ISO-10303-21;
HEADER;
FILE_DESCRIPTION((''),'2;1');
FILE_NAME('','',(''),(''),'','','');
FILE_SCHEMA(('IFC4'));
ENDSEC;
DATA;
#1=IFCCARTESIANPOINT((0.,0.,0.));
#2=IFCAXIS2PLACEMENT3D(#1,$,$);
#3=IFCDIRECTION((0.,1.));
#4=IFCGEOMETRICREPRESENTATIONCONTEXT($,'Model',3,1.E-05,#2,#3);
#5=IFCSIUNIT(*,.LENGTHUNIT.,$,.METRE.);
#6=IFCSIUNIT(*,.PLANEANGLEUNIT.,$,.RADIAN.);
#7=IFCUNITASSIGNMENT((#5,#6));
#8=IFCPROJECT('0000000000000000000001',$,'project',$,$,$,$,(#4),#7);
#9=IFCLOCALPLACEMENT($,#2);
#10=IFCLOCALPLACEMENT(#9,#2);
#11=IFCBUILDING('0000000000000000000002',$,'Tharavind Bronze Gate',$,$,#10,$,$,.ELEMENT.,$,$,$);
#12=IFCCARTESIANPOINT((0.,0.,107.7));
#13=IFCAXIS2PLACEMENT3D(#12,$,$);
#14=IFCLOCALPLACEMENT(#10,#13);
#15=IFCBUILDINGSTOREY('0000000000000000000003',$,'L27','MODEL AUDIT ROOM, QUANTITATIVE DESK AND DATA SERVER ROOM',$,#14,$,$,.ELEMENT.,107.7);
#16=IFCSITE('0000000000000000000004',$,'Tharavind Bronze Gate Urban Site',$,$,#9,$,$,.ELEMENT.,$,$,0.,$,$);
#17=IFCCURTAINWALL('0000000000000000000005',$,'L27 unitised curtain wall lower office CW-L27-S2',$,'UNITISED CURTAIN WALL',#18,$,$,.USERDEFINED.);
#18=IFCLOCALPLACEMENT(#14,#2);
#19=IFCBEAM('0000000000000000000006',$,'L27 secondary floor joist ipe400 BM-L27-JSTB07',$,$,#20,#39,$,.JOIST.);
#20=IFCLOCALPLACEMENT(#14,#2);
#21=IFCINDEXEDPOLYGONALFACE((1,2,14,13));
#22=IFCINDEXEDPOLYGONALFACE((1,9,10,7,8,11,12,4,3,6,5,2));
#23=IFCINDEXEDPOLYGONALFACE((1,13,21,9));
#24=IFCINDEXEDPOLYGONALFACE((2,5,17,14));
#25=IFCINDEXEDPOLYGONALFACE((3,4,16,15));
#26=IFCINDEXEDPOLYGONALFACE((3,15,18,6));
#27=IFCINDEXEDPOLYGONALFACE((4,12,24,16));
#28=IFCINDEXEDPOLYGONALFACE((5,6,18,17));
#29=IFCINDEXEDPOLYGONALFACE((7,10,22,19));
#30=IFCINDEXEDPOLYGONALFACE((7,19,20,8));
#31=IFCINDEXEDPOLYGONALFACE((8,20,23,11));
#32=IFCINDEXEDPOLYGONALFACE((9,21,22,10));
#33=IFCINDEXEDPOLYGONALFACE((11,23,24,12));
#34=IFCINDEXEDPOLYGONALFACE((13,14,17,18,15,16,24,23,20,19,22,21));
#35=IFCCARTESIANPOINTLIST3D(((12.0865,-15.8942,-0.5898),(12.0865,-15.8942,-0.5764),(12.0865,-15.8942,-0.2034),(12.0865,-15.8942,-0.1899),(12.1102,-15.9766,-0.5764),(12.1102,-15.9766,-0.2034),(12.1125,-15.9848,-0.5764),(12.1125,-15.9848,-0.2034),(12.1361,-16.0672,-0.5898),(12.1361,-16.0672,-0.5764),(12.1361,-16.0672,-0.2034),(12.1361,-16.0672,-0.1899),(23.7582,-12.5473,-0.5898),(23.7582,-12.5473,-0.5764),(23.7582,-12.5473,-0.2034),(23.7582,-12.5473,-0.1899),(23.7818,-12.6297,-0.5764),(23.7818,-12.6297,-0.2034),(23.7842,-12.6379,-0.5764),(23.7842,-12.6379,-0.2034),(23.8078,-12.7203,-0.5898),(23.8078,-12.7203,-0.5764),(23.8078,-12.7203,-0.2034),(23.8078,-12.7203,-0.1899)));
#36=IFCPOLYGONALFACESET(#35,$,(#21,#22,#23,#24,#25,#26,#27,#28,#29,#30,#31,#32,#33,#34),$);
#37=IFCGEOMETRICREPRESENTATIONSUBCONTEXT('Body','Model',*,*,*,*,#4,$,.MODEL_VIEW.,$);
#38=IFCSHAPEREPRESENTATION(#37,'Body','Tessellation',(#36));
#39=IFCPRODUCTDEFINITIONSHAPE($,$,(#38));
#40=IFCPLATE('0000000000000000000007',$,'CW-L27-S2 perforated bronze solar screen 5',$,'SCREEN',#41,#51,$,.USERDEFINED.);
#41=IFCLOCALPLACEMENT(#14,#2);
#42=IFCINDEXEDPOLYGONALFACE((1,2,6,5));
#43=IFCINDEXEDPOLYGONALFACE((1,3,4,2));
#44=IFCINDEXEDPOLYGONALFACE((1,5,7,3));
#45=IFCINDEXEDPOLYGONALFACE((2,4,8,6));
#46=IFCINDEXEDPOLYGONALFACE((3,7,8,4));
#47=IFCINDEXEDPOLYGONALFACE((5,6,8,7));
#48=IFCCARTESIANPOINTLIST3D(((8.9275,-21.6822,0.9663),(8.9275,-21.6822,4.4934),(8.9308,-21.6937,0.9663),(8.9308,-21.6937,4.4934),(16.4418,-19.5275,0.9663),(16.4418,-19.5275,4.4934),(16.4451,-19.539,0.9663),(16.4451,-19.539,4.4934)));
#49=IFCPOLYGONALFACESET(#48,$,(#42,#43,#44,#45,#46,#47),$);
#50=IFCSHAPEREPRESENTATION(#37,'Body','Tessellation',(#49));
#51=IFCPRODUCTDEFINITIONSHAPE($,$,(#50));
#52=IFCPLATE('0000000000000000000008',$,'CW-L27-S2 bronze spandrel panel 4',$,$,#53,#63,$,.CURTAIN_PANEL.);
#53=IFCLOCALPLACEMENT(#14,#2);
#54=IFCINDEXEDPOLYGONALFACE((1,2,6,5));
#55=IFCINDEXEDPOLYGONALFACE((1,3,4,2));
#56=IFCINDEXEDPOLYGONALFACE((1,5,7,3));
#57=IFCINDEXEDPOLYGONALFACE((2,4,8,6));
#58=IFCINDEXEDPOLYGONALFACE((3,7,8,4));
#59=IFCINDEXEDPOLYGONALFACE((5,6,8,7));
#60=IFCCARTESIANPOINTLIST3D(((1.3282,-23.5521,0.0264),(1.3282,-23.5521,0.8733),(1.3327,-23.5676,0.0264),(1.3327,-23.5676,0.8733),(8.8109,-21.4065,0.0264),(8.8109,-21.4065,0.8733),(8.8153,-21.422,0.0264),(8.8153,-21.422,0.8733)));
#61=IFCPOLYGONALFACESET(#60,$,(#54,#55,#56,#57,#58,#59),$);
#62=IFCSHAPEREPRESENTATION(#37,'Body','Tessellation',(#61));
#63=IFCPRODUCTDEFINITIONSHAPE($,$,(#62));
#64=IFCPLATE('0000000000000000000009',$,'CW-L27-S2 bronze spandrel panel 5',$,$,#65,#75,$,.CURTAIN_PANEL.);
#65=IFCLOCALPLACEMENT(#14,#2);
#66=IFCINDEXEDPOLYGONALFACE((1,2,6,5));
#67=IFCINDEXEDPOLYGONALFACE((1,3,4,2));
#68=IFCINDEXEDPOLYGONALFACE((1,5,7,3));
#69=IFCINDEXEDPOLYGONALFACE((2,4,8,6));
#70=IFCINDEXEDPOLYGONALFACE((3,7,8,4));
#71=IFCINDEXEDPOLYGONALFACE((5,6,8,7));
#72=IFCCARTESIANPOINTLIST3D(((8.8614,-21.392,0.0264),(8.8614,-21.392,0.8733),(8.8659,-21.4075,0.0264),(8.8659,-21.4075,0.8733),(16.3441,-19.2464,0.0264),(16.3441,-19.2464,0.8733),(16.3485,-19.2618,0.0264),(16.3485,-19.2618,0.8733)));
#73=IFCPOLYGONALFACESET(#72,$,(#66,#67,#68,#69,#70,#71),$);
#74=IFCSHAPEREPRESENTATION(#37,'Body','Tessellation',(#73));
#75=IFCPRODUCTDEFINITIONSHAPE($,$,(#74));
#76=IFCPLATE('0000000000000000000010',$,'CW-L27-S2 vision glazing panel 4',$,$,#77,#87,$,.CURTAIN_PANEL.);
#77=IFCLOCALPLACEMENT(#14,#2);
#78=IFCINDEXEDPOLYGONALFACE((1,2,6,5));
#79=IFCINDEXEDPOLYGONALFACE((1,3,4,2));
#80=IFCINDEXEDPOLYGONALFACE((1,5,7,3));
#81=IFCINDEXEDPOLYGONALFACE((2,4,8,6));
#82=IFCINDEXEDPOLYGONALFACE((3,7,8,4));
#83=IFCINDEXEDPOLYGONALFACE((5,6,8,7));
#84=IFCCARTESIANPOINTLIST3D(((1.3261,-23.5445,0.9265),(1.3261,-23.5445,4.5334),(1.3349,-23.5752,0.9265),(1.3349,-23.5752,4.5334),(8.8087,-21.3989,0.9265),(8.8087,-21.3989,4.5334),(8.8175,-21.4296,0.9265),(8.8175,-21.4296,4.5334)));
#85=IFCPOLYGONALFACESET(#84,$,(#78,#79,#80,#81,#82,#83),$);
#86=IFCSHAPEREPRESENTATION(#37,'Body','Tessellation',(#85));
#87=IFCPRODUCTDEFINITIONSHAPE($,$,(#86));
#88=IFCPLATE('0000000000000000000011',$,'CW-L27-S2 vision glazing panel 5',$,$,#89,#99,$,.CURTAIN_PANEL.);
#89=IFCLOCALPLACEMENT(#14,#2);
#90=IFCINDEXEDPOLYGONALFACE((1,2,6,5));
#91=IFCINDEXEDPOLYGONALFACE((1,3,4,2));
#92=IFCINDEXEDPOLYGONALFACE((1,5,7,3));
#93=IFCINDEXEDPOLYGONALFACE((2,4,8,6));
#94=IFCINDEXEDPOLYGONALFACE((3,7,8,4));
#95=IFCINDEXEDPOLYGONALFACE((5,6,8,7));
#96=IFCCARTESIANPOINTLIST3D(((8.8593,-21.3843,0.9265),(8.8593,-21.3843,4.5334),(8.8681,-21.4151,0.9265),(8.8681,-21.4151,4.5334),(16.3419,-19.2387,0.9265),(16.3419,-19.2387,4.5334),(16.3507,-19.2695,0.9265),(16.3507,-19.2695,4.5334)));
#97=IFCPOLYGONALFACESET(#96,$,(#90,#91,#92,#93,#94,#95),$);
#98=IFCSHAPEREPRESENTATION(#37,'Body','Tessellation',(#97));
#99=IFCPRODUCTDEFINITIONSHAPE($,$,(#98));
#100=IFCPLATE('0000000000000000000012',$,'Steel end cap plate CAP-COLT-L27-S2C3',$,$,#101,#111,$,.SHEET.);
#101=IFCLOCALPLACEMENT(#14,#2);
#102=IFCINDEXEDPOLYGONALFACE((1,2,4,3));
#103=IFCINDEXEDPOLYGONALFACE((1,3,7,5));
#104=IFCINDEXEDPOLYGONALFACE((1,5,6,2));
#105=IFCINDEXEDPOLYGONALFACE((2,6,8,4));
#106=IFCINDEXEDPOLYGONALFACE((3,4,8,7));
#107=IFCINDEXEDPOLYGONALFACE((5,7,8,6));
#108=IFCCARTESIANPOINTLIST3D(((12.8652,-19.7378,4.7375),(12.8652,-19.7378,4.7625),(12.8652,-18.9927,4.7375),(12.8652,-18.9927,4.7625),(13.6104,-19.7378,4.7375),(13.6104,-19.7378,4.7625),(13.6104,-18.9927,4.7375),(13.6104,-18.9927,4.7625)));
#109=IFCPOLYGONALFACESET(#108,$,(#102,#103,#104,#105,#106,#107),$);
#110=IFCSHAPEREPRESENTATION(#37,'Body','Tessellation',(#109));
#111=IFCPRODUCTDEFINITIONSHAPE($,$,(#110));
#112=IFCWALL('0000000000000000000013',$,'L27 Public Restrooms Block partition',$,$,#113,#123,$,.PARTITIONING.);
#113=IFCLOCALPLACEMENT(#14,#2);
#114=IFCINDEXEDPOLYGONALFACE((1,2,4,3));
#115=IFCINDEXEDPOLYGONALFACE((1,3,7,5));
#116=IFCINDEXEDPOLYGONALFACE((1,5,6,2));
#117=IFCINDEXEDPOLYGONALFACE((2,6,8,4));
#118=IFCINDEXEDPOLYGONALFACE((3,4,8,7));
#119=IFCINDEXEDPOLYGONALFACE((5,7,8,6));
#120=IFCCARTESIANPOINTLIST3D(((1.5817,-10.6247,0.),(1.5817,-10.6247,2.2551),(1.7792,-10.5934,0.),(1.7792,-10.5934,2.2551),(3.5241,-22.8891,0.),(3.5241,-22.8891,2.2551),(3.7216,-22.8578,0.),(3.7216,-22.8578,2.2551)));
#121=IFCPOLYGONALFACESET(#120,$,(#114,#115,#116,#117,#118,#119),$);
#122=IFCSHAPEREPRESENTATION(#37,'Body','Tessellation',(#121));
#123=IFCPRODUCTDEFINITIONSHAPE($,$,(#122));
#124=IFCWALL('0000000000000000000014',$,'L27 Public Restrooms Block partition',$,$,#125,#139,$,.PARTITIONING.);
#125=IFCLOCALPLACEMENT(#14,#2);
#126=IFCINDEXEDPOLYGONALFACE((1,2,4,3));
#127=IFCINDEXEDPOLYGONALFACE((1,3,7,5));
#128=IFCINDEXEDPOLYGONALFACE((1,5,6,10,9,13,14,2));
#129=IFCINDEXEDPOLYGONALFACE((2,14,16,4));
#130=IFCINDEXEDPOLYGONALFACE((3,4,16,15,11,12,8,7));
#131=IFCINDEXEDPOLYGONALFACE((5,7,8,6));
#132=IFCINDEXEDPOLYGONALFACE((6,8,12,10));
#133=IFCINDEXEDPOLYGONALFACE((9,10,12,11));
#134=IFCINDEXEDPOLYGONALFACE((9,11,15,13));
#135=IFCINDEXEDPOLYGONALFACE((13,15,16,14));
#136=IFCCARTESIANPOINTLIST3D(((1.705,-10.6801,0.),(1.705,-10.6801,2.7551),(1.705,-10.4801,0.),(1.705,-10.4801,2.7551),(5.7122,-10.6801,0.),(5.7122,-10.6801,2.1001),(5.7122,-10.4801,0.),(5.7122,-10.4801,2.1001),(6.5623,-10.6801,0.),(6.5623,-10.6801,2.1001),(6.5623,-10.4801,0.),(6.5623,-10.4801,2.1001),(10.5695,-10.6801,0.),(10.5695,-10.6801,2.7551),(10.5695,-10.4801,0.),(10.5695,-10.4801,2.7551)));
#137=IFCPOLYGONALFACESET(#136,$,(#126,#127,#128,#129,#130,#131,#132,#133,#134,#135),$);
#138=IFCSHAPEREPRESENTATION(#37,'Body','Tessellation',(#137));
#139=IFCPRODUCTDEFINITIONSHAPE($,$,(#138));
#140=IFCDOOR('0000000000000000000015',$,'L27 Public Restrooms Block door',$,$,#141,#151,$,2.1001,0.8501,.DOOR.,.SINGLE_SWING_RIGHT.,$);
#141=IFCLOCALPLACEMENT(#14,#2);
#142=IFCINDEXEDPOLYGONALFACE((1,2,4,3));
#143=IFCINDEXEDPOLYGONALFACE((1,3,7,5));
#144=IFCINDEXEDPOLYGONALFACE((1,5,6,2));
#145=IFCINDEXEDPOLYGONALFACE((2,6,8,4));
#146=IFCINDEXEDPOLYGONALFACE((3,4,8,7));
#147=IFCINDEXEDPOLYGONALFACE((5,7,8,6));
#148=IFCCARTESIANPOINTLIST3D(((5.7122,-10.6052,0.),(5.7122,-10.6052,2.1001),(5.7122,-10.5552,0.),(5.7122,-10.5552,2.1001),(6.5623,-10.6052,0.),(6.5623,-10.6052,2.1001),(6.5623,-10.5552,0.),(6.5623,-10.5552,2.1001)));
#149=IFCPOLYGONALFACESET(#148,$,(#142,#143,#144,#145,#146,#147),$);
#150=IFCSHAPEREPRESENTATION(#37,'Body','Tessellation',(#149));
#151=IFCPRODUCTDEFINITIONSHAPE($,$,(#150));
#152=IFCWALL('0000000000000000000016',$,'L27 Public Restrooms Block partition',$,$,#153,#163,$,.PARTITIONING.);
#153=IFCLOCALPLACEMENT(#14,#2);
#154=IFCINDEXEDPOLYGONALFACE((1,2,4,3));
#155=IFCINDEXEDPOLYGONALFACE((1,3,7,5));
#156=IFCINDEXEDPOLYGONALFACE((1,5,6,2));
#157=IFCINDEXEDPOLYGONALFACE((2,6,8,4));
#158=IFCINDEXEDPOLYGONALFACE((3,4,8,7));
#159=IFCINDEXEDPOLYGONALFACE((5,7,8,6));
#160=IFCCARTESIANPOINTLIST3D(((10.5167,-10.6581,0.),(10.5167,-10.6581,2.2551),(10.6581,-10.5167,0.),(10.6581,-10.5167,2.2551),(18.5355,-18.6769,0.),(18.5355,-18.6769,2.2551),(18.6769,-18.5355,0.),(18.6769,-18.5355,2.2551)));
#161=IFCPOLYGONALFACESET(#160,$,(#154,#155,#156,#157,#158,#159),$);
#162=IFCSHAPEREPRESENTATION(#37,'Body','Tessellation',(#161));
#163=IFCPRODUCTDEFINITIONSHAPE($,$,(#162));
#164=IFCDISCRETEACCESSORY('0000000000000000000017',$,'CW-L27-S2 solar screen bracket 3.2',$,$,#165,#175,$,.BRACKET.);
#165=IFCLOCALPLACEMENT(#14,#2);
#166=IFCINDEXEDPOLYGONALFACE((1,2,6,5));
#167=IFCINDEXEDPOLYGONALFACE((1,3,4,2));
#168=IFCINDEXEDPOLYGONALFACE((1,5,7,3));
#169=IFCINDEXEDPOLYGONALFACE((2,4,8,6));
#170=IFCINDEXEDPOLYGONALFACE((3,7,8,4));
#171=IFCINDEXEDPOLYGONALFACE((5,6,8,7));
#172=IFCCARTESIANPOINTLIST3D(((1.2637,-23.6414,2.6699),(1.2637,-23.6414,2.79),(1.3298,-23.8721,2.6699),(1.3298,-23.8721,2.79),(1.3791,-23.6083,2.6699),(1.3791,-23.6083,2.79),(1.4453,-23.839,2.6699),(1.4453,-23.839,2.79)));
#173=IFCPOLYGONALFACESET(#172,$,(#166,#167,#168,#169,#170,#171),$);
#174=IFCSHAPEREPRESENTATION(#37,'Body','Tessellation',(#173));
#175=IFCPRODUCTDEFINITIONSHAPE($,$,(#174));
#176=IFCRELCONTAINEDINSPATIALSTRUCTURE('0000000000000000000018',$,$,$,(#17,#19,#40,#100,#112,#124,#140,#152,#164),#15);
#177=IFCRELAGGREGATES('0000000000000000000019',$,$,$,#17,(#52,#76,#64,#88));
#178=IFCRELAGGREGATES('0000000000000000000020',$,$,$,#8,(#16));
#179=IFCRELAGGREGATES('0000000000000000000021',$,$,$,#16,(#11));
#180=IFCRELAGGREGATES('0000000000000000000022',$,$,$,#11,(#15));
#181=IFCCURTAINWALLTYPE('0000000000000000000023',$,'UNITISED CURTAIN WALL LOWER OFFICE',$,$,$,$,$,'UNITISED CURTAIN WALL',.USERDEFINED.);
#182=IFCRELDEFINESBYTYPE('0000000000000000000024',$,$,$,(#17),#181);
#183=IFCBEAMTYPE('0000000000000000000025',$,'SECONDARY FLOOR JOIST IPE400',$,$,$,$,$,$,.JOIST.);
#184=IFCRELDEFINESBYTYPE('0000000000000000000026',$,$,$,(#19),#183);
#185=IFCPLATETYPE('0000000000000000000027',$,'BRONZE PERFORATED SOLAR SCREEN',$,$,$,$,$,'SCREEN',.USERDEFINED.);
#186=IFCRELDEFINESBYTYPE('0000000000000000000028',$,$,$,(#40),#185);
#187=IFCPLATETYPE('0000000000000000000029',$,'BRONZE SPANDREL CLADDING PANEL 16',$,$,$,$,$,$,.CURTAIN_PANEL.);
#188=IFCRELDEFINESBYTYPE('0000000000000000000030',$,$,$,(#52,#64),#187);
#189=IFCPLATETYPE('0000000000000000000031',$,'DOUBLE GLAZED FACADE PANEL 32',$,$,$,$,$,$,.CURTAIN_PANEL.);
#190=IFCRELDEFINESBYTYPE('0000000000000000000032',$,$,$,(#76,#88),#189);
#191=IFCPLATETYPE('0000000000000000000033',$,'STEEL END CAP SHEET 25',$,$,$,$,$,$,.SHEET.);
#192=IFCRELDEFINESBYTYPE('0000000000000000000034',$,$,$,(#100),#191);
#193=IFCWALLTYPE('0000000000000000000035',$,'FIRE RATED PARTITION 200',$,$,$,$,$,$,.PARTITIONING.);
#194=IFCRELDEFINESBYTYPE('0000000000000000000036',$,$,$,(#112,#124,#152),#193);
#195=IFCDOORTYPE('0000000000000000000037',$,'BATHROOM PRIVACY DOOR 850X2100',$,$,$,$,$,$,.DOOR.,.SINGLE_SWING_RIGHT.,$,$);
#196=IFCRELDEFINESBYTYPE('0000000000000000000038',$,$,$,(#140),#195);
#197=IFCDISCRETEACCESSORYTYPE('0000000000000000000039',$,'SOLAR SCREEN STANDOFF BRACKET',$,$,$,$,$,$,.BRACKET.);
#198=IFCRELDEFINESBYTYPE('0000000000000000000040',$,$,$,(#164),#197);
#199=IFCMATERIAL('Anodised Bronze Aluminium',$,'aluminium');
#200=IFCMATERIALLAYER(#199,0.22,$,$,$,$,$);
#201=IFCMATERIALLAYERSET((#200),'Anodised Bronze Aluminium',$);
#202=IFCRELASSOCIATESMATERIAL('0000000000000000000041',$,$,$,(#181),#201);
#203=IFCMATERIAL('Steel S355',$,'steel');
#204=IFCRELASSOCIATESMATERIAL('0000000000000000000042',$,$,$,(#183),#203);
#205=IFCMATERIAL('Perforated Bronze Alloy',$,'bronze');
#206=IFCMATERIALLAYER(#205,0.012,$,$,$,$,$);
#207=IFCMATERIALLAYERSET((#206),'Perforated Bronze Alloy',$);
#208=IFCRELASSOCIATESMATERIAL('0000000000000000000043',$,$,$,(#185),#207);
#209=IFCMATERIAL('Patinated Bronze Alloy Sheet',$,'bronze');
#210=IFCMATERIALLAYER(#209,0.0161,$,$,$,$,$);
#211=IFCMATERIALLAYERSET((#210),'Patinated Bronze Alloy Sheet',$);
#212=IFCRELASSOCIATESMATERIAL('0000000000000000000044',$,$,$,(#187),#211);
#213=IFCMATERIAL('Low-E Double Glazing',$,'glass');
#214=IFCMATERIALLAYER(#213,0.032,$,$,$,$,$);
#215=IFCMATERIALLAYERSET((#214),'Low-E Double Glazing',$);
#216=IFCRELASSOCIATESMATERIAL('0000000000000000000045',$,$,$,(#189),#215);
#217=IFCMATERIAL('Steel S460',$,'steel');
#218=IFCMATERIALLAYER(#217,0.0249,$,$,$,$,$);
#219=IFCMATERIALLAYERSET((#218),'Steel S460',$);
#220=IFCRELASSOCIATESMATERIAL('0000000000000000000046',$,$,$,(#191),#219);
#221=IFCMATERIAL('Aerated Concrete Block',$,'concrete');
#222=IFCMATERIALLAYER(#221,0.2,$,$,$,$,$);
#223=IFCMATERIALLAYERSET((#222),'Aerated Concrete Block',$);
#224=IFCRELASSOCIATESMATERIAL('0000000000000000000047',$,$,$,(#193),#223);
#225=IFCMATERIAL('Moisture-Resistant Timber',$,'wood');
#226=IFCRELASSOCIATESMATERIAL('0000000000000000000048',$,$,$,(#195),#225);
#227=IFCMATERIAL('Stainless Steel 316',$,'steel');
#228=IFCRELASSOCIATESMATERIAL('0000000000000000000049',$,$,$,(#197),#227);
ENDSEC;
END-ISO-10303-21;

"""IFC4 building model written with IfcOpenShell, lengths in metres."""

from ifc_helpers import new_model, si_unit, direction, frame, frame_2d, origin, origin_2d, place, context, subcontext, project, spatial, rectangle, i_section, extrude, material, layer, layer_set, material_profile, profile_set, type_object, element, fill, aggregate, save


model = new_model("IFC4")

# Units and contexts
model_context = context("Model", 3, precision=1e-05, world=origin(), true_north=direction((0.0, 1.0)))
body_context = subcontext(model_context, "Body", "Model", "MODEL_VIEW")
ifc_project = project(units=[si_unit("LENGTHUNIT", "METRE"), si_unit("PLANEANGLEUNIT", "RADIAN")], contexts=[model_context])

# Site, building, storey
site_placement = place(None, origin())
site = spatial("IfcSite", under=ifc_project, at=site_placement, Name="Tharavind Bronze Gate Urban Site", CompositionType="ELEMENT", RefElevation=0.0)
building_placement = place(site_placement, origin())
building = spatial("IfcBuilding", under=site, at=building_placement, Name="Tharavind Bronze Gate", CompositionType="ELEMENT")
storey_placement = place(building_placement, frame((0.0, 0.0, 107.7)))
storey = spatial("IfcBuildingStorey", under=building, at=storey_placement, Name="L27", Description="MODEL AUDIT ROOM, QUANTITATIVE DESK AND DATA SERVER ROOM", CompositionType="ELEMENT", Elevation=107.7)

# Shared definitions
ifc_material_1 = material(Name="Steel S460", Category="steel")

# Curtain wall
ifc_material_2 = material(Name="Anodised Bronze Aluminium", Category="aluminium")
ifc_layer_1 = layer(ifc_material_2, 0.22)
ifc_layer_set_1 = layer_set([ifc_layer_1], Name="Anodised Bronze Aluminium")
curtain_wall_type = type_object("IfcCurtainWallType", Name="UNITISED CURTAIN WALL LOWER OFFICE", ElementType="UNITISED CURTAIN WALL", PredefinedType="USERDEFINED", material=ifc_layer_set_1)
curtain_wall_placement = place(storey_placement, origin())
curtain_wall = element("IfcCurtainWall", 1, at=curtain_wall_placement, inside=storey, type_object=curtain_wall_type, Name="L27 unitised curtain wall lower office CW-L27-S2", ObjectType="UNITISED CURTAIN WALL", PredefinedType="USERDEFINED")

# Beam
ifc_material_3 = material(Name="Steel S355", Category="steel")
ifc_material_profile_1 = material_profile(ifc_material_3, i_section(OverallWidth=0.1799, OverallDepth=0.3999, WebThickness=0.0085, FlangeThickness=0.0134, at=origin_2d()), Name="IPE400")
ifc_profile_set_1 = profile_set([ifc_material_profile_1], Name="Steel S355")
beam_type_1 = type_object("IfcBeamType", Name="SECONDARY FLOOR JOIST IPE400", PredefinedType="JOIST", material=ifc_profile_set_1)
beam_1_placement = place(storey_placement, frame((12.1113, -15.9807, -0.3899), z_axis=(0.961259, 0.275648, 0.0), x_axis=(-0.275648, 0.961259, 0.0)))
element("IfcBeam", 2, at=beam_1_placement, inside=storey, type_object=beam_type_1, Name="L27 secondary floor joist ipe400 BM-L27-JSTB07", PredefinedType="JOIST", context=body_context, shape_type="SweptSolid", body=[
    extrude(i_section(OverallWidth=0.1799, OverallDepth=0.3999, WebThickness=0.0085, FlangeThickness=0.0134, at=origin_2d()), origin(), (0.0, 0.0, 1.0), 12.1421),
])

# Plates
ifc_material_4 = material(Name="Perforated Bronze Alloy", Category="bronze")
ifc_layer_2 = layer(ifc_material_4, 0.012)
ifc_layer_set_2 = layer_set([ifc_layer_2], Name="Perforated Bronze Alloy")
plate_type_1 = type_object("IfcPlateType", Name="BRONZE PERFORATED SOLAR SCREEN", ElementType="SCREEN", PredefinedType="USERDEFINED", material=ifc_layer_set_2)
plate_1_placement = place(storey_placement, frame((12.6863, -20.6106, 0.9663), z_axis=(0.0, 0.0, 1.0), x_axis=(0.961262, 0.275637, 0.0)))
element("IfcPlate", 3, at=plate_1_placement, inside=storey, type_object=plate_type_1, Name="CW-L27-S2 perforated bronze solar screen 5", ObjectType="SCREEN", PredefinedType="USERDEFINED", context=body_context, shape_type="SweptSolid", body=[
    extrude(rectangle(XDim=7.8171, YDim=0.012, at=origin_2d()), origin(), (0.0, 0.0, 1.0), 3.5271),
])
ifc_material_5 = material(Name="Patinated Bronze Alloy Sheet", Category="bronze")
ifc_layer_3 = layer(ifc_material_5, 0.0161)
ifc_layer_set_3 = layer_set([ifc_layer_3], Name="Patinated Bronze Alloy Sheet")
plate_type_2 = type_object("IfcPlateType", Name="BRONZE SPANDREL CLADDING PANEL 16", PredefinedType="CURTAIN_PANEL", material=ifc_layer_set_3)
plate_2_placement = place(storey_placement, frame((5.0718, -22.4871, 0.0264), z_axis=(0.0, 0.0, 1.0), x_axis=(0.961262, 0.275637, 0.0)))
plate_2 = element("IfcPlate", 4, at=plate_2_placement, type_object=plate_type_2, Name="CW-L27-S2 bronze spandrel panel 4", PredefinedType="CURTAIN_PANEL", context=body_context, shape_type="SweptSolid", body=[
    extrude(rectangle(XDim=7.7842, YDim=0.0161, at=origin_2d()), origin(), (0.0, 0.0, 1.0), 0.8469),
])
plate_3_placement = place(storey_placement, frame((12.605, -20.3269, 0.0264), z_axis=(0.0, 0.0, 1.0), x_axis=(0.961262, 0.275637, 0.0)))
plate_3 = element("IfcPlate", 5, at=plate_3_placement, type_object=plate_type_2, Name="CW-L27-S2 bronze spandrel panel 5", PredefinedType="CURTAIN_PANEL", context=body_context, shape_type="SweptSolid", body=[
    extrude(rectangle(XDim=7.7842, YDim=0.0161, at=origin_2d()), origin(), (0.0, 0.0, 1.0), 0.8469),
])
ifc_material_6 = material(Name="Low-E Double Glazing", Category="glass")
ifc_layer_4 = layer(ifc_material_6, 0.032)
ifc_layer_set_4 = layer_set([ifc_layer_4], Name="Low-E Double Glazing")
plate_type_3 = type_object("IfcPlateType", Name="DOUBLE GLAZED FACADE PANEL 32", PredefinedType="CURTAIN_PANEL", material=ifc_layer_set_4)
plate_4_placement = place(storey_placement, frame((5.0718, -22.4871, 0.9265), z_axis=(0.0, 0.0, 1.0), x_axis=(0.961262, 0.275637, 0.0)))
plate_4 = element("IfcPlate", 6, at=plate_4_placement, type_object=plate_type_3, Name="CW-L27-S2 vision glazing panel 4", PredefinedType="CURTAIN_PANEL", context=body_context, shape_type="SweptSolid", body=[
    extrude(rectangle(XDim=7.7842, YDim=0.032, at=origin_2d()), origin(), (0.0, 0.0, 1.0), 3.6069),
])
plate_5_placement = place(storey_placement, frame((12.605, -20.3269, 0.9265), z_axis=(0.0, 0.0, 1.0), x_axis=(0.961262, 0.275637, 0.0)))
plate_5 = element("IfcPlate", 7, at=plate_5_placement, type_object=plate_type_3, Name="CW-L27-S2 vision glazing panel 5", PredefinedType="CURTAIN_PANEL", context=body_context, shape_type="SweptSolid", body=[
    extrude(rectangle(XDim=7.7842, YDim=0.032, at=origin_2d()), origin(), (0.0, 0.0, 1.0), 3.6069),
])
aggregate(curtain_wall, [plate_2, plate_4, plate_3, plate_5])
ifc_layer_5 = layer(ifc_material_1, 0.0249)
ifc_layer_set_5 = layer_set([ifc_layer_5], Name="Steel S460")
plate_type_4 = type_object("IfcPlateType", Name="STEEL END CAP SHEET 25", PredefinedType="SHEET", material=ifc_layer_set_5)
plate_6_placement = place(storey_placement, frame((13.2378, -19.3652, 4.7375), z_axis=(0.0, 0.0, 1.0), x_axis=(1.0, 0.0, 0.0)))
element("IfcPlate", 8, at=plate_6_placement, inside=storey, type_object=plate_type_4, Name="Steel end cap plate CAP-COLT-L27-S2C3", PredefinedType="SHEET", context=body_context, shape_type="SweptSolid", body=[
    extrude(rectangle(XDim=0.7451, YDim=0.7451, at=origin_2d()), origin(), (0.0, 0.0, 1.0), 0.0249),
])

# Wall
ifc_material_7 = material(Name="Aerated Concrete Block", Category="concrete")
ifc_layer_6 = layer(ifc_material_7, 0.2)
ifc_layer_set_6 = layer_set([ifc_layer_6], Name="Aerated Concrete Block")
wall_type = type_object("IfcWallType", Name="FIRE RATED PARTITION 200", PredefinedType="PARTITIONING", material=ifc_layer_set_6)
wall_1_placement = place(storey_placement, frame((3.6228, -22.8733, 0.0), z_axis=(0.0, 0.0, 1.0), x_axis=(-0.156426, 0.98769, 0.0)))
element("IfcWall", 9, at=wall_1_placement, inside=storey, type_object=wall_type, Name="L27 Public Restrooms Block partition", PredefinedType="PARTITIONING", context=body_context, shape_type="SweptSolid", body=[
    extrude(rectangle(XDim=12.4172, YDim=0.2, at=frame_2d((6.2085, 0.0))), origin(), (0.0, 0.0, 1.0), 2.2551),
])

# Wall, opening, door
wall_2_placement = place(storey_placement, frame((1.7051, -10.5801, 0.0), z_axis=(0.0, 0.0, 1.0), x_axis=(1.0, 0.0, 0.0)))
wall_2 = element("IfcWall", 10, at=wall_2_placement, inside=storey, type_object=wall_type, Name="L27 Public Restrooms Block partition", PredefinedType="PARTITIONING", context=body_context, shape_type="SweptSolid", body=[
    extrude(rectangle(XDim=8.8645, YDim=0.2, at=frame_2d((4.4321, 0.0))), origin(), (0.0, 0.0, 1.0), 2.7551),
])
opening_placement = place(wall_2_placement, frame((4.0071, 0.0, 0.0)))
opening = element("IfcOpeningElement", 11, at=opening_placement, cuts=wall_2, PredefinedType="OPENING", context=body_context, shape_type="SweptSolid", body=[
    extrude(rectangle(XDim=0.8501, YDim=2.1001, at=frame_2d((0.425, 1.05))), frame((0.0, 0.1101, 0.0), z_axis=(0.0, -1.0, 0.0), x_axis=(1.0, 0.0, 0.0)), (0.0, 0.0, 1.0), 0.22),
])
ifc_material_8 = material(Name="Moisture-Resistant Timber", Category="wood")
door_type = type_object("IfcDoorType", Name="BATHROOM PRIVACY DOOR 850X2100", OperationType="SINGLE_SWING_RIGHT", PredefinedType="DOOR", material=ifc_material_8)
door_placement = place(opening_placement, origin())
door = element("IfcDoor", 12, at=door_placement, inside=storey, type_object=door_type, Name="L27 Public Restrooms Block door", OperationType="SINGLE_SWING_RIGHT", OverallHeight=2.1001, OverallWidth=0.8501, PredefinedType="DOOR", context=body_context, shape_type="SweptSolid", body=[
    extrude(rectangle(XDim=0.8501, YDim=2.1001, at=frame_2d((0.425, 1.05))), frame((0.0, 0.0249, 0.0), z_axis=(0.0, -1.0, 0.0), x_axis=(1.0, 0.0, 0.0)), (0.0, 0.0, 1.0), 0.05),
])
fill(opening, door)

# Wall
wall_3_placement = place(storey_placement, frame((10.5874, -10.5874, 0.0), z_axis=(0.0, 0.0, 1.0), x_axis=(0.707107, -0.707107, 0.0)))
element("IfcWall", 13, at=wall_3_placement, inside=storey, type_object=wall_type, Name="L27 Public Restrooms Block partition", PredefinedType="PARTITIONING", context=body_context, shape_type="SweptSolid", body=[
    extrude(rectangle(XDim=11.3403, YDim=0.2, at=frame_2d((5.6702, 0.0))), origin(), (0.0, 0.0, 1.0), 2.2551),
])

# Discrete accessory
ifc_material_9 = material(Name="Stainless Steel 316", Category="steel")
discrete_accessory_type = type_object("IfcDiscreteAccessoryType", Name="SOLAR SCREEN STANDOFF BRACKET", PredefinedType="BRACKET", material=ifc_material_9)
for number, where, z_axis, x_axis, name in (
    (14, (1.3545, -23.7402, 2.6699), (0.0, 0.0, 1.0), (0.961262, 0.275637, 0.0), "CW-L27-S2 solar screen bracket 3.2"),
):
    element("IfcDiscreteAccessory", number, at=place(storey_placement, frame(where, z_axis=z_axis, x_axis=x_axis)), inside=storey, type_object=discrete_accessory_type, Name=name, PredefinedType="BRACKET", context=body_context, shape_type="SweptSolid", body=[
        extrude(rectangle(XDim=0.1201, YDim=0.24, at=origin_2d()), origin(), (0.0, 0.0, 1.0), 0.1201),
    ])

save(model, "model.ifc")
